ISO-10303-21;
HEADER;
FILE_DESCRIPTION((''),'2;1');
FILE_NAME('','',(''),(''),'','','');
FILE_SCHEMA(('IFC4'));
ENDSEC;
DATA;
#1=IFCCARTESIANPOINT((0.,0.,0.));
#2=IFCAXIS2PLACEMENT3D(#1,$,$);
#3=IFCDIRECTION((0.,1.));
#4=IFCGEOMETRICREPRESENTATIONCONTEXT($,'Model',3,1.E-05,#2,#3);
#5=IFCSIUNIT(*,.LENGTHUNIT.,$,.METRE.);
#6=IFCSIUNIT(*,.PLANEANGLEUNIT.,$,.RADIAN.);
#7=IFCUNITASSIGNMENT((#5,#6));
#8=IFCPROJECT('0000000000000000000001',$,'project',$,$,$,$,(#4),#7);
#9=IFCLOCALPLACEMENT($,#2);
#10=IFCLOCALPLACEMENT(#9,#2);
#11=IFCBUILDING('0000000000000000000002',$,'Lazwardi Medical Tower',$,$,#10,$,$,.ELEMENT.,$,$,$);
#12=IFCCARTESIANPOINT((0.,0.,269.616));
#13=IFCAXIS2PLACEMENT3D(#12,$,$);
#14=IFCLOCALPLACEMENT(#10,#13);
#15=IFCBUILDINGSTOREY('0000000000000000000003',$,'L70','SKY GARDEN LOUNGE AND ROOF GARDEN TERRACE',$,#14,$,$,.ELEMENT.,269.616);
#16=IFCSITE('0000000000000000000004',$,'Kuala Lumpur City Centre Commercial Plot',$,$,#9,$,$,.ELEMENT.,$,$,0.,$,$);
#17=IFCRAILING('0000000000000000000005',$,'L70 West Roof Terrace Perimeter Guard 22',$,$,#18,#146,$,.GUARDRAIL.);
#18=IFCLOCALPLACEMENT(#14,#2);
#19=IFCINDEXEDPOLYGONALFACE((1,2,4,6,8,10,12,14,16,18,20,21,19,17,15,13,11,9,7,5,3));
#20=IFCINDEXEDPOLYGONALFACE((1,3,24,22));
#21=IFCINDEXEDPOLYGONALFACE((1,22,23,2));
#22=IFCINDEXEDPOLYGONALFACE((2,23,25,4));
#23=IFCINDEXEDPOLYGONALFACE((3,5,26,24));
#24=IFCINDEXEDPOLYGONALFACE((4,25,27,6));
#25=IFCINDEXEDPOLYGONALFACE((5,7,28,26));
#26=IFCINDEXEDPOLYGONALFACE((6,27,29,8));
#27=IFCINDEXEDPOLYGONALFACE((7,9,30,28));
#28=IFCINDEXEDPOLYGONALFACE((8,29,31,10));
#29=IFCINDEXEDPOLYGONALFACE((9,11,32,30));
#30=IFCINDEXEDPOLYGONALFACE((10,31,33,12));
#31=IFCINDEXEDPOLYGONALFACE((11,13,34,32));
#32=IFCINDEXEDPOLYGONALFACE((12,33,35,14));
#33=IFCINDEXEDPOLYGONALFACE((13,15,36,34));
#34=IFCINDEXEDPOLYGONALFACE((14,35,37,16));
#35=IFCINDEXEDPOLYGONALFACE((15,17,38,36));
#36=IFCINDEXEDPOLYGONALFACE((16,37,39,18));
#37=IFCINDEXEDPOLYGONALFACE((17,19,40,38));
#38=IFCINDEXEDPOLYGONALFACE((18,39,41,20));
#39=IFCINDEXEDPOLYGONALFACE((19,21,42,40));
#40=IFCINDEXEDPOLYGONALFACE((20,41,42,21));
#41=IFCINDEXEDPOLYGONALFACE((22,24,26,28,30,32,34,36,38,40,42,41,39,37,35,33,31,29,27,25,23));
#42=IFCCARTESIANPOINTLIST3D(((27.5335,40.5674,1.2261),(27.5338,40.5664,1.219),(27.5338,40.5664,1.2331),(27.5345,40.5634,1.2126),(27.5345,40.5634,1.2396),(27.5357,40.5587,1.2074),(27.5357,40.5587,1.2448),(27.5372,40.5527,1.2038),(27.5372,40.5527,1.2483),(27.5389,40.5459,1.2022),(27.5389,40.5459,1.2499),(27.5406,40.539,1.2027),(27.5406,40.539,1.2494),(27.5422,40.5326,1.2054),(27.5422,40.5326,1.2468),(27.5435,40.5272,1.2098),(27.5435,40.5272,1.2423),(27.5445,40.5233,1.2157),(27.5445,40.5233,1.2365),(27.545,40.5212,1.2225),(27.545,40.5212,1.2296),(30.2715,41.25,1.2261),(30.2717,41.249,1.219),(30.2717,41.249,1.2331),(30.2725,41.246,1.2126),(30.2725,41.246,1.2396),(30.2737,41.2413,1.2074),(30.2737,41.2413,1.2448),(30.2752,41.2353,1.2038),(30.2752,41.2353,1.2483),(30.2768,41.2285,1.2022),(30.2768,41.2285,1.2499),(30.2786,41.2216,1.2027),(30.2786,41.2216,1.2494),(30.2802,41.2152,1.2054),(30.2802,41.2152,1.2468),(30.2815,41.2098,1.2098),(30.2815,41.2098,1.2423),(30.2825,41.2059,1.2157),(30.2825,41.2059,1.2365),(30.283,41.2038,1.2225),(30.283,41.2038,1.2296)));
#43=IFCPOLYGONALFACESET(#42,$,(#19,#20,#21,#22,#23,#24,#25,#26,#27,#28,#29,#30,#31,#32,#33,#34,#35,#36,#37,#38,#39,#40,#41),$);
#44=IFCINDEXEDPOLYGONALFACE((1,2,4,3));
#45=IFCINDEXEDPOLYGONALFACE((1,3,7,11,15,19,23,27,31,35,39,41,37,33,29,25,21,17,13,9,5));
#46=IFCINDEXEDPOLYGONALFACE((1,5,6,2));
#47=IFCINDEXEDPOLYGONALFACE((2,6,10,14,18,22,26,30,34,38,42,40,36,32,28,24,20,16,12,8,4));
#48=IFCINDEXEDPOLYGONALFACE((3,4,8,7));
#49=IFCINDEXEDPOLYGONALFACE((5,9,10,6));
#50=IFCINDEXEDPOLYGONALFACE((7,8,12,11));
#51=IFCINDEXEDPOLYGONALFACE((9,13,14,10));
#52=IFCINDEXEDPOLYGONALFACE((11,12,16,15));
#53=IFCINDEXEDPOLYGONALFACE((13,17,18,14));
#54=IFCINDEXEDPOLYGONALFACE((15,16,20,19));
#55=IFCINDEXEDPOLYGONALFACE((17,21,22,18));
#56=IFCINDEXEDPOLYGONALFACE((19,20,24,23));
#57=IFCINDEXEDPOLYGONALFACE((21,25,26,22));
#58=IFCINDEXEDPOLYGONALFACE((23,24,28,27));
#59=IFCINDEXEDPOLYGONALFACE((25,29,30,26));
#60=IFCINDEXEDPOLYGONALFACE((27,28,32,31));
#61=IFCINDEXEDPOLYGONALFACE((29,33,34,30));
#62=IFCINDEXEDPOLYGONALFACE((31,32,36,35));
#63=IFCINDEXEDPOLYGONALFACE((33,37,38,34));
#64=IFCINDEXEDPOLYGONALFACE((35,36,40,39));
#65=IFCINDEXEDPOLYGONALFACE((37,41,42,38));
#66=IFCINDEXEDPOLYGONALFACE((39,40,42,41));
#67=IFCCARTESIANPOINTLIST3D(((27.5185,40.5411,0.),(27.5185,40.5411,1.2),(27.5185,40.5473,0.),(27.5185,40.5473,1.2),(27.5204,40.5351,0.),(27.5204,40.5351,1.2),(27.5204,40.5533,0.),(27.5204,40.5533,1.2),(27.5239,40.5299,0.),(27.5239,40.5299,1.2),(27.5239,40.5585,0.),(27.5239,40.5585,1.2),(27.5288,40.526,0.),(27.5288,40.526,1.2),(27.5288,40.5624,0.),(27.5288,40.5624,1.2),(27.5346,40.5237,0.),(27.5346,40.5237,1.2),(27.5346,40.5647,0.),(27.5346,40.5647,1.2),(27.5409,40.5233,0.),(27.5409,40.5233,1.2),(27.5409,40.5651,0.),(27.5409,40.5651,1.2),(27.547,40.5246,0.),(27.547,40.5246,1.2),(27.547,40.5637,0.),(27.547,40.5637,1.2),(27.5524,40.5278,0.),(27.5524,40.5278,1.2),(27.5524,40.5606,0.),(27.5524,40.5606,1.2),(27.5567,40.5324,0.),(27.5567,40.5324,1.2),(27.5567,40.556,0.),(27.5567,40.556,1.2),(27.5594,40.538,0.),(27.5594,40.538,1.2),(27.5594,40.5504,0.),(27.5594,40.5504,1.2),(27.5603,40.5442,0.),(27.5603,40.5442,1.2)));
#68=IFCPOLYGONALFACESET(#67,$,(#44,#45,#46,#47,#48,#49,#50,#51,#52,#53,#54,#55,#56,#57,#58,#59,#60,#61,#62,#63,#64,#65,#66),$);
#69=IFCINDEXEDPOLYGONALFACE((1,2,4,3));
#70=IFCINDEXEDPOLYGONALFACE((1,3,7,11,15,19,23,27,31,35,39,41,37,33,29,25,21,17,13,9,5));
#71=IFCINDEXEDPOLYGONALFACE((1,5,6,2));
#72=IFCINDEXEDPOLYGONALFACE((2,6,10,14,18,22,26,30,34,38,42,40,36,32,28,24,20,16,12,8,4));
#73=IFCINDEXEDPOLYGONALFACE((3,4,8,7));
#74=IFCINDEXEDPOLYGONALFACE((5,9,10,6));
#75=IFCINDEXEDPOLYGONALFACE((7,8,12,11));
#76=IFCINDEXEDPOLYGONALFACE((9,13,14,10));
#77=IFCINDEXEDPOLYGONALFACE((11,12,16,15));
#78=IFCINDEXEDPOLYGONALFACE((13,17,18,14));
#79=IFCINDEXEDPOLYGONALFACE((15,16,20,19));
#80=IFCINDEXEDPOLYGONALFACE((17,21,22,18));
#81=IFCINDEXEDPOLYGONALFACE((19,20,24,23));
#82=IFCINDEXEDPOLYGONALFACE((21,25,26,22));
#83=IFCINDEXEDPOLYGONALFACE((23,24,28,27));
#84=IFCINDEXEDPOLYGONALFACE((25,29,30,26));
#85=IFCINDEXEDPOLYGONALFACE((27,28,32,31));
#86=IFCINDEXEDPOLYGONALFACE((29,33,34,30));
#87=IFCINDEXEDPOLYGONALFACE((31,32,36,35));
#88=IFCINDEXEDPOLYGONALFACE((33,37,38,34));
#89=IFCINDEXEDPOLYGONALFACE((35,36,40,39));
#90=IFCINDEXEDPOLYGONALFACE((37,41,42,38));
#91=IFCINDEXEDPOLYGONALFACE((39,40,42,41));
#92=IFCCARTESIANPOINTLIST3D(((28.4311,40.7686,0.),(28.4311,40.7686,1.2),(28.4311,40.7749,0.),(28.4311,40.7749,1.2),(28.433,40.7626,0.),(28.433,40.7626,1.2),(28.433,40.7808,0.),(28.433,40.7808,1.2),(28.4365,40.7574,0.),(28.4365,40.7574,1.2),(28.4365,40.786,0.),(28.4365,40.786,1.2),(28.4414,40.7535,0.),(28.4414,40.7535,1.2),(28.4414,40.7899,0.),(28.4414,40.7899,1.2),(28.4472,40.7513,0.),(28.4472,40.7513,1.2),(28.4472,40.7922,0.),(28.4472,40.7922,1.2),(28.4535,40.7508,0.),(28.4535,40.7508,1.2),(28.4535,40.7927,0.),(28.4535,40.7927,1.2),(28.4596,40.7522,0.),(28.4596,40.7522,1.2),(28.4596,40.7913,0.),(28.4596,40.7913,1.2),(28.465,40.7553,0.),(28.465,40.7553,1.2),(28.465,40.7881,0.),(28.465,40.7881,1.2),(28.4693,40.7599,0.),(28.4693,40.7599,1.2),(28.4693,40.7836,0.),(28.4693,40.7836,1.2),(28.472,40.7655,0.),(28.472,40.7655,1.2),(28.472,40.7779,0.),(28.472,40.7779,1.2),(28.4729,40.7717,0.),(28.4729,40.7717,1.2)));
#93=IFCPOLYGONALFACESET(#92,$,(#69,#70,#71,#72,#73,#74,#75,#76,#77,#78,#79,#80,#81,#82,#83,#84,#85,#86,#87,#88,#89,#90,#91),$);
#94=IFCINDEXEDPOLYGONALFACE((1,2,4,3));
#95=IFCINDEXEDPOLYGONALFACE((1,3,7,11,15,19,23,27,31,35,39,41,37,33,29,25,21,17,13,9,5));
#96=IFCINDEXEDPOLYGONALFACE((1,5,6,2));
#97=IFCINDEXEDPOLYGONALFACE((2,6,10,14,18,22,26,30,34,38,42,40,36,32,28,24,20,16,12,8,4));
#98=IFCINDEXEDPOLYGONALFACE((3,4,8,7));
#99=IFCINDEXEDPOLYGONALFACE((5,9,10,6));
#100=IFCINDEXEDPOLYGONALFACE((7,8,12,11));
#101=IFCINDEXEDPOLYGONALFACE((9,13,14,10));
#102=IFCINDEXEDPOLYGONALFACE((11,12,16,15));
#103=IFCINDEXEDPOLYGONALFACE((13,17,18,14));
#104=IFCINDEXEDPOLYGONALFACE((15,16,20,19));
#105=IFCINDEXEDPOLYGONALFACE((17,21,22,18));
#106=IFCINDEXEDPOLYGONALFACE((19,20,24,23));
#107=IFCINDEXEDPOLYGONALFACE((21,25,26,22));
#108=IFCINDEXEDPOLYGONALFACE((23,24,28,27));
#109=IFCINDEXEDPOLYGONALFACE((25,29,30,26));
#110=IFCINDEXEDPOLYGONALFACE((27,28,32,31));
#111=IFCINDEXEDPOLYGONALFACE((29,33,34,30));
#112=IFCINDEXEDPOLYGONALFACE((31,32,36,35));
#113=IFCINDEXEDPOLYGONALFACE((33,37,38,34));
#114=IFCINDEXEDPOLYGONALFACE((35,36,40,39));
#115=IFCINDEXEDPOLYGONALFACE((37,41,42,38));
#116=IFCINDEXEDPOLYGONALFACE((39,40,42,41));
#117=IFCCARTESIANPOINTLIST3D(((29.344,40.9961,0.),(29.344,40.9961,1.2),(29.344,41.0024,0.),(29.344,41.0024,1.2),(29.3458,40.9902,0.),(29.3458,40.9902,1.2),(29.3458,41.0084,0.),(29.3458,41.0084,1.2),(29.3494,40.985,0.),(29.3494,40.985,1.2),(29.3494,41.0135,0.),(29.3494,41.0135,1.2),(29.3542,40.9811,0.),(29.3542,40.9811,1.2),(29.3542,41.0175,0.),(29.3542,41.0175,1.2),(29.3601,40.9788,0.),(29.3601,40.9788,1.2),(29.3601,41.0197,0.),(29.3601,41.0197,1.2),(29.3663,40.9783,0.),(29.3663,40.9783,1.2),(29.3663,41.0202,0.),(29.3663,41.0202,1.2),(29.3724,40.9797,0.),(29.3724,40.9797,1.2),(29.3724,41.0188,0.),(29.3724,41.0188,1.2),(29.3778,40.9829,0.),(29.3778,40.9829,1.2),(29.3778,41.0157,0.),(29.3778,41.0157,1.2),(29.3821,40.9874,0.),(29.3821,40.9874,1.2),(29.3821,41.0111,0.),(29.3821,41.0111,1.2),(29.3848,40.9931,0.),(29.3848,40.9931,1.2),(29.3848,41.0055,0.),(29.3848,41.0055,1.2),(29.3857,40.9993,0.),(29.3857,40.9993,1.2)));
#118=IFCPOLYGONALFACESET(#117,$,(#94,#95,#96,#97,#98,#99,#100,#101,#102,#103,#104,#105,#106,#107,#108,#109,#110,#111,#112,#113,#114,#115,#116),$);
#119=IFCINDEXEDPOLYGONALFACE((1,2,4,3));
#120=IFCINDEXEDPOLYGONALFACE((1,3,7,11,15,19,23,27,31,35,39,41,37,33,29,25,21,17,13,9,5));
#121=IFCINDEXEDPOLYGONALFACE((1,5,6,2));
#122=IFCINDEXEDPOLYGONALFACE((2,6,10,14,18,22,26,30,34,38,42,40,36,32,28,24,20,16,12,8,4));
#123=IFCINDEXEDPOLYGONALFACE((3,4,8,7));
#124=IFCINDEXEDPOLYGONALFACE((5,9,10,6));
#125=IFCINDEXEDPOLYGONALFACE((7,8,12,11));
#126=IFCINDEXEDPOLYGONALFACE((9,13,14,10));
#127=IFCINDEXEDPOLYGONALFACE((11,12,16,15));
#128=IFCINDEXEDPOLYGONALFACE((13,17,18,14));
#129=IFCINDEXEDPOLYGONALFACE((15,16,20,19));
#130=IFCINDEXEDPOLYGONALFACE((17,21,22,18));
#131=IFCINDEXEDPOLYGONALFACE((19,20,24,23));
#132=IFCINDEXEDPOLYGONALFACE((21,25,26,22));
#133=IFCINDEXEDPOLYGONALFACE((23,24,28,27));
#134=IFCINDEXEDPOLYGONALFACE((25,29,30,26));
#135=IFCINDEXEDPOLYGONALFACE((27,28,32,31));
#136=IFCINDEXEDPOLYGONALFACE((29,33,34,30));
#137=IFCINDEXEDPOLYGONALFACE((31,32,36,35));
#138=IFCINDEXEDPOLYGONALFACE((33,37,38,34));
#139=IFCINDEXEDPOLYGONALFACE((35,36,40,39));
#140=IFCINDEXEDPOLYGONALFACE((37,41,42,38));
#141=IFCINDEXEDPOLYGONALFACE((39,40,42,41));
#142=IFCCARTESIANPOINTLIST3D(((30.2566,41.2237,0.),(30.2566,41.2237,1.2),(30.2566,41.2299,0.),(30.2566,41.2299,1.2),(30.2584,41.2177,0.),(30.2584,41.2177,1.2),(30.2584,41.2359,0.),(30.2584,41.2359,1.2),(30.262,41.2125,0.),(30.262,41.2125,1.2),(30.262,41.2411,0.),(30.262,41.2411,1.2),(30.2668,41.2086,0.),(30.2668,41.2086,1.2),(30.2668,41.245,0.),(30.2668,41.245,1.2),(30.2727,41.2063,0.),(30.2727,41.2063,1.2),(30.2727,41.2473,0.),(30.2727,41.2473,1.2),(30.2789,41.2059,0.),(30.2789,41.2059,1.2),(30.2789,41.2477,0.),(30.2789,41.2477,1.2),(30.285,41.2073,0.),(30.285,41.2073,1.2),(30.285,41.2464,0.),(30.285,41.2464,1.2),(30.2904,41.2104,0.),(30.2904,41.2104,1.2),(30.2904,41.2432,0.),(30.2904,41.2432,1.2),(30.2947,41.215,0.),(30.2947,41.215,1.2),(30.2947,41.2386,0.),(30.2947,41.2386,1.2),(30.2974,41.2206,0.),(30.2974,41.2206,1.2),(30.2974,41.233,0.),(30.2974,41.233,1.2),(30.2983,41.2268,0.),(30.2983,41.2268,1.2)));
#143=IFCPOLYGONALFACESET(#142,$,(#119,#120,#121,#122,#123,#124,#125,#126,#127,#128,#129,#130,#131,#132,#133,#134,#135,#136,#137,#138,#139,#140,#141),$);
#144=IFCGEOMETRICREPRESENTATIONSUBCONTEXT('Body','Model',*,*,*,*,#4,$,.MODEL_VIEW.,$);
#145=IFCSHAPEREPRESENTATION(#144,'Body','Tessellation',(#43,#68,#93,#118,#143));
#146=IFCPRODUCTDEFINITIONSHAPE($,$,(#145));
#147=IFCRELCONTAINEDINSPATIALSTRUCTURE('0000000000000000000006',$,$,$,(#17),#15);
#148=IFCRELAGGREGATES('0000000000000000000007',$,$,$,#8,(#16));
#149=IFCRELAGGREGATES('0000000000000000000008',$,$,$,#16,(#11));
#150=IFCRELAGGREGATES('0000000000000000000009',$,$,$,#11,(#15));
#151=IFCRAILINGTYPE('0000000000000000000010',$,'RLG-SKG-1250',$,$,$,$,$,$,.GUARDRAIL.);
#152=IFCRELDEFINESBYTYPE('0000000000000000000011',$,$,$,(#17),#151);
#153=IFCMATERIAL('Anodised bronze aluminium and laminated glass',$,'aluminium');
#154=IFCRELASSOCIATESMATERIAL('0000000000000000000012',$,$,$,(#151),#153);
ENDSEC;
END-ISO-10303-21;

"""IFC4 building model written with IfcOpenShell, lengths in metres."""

from ifc_helpers import new_model, si_unit, direction, frame, origin, origin_2d, place, context, subcontext, project, spatial, circle, extrude, material, type_object, element, save


model = new_model("IFC4")

# Units and contexts
model_context = context("Model", 3, precision=1e-05, world=origin(), true_north=direction((0.0, 1.0)))
body_context = subcontext(model_context, "Body", "Model", "MODEL_VIEW")
ifc_project = project(units=[si_unit("LENGTHUNIT", "METRE"), si_unit("PLANEANGLEUNIT", "RADIAN")], contexts=[model_context])

# Site, building, storey
site_placement = place(None, origin())
site = spatial("IfcSite", under=ifc_project, at=site_placement, Name="Kuala Lumpur City Centre Commercial Plot", CompositionType="ELEMENT", RefElevation=0.0)
building_placement = place(site_placement, origin())
building = spatial("IfcBuilding", under=site, at=building_placement, Name="Lazwardi Medical Tower", CompositionType="ELEMENT")
storey_placement = place(building_placement, frame((0.0, 0.0, 269.616)))
storey = spatial("IfcBuildingStorey", under=building, at=storey_placement, Name="L70", Description="SKY GARDEN LOUNGE AND ROOF GARDEN TERRACE", CompositionType="ELEMENT", Elevation=269.616)

# Railing
ifc_material_1 = material(Name="Anodised bronze aluminium and laminated glass", Category="aluminium")
railing_type = type_object("IfcRailingType", Name="RLG-SKG-1250", PredefinedType="GUARDRAIL", material=ifc_material_1)
railing_1_placement = place(storey_placement, frame((27.5393, 40.5442, 0.0)))
element("IfcRailing", 1, at=railing_1_placement, inside=storey, type_object=railing_type, Name="L70 West Roof Terrace Perimeter Guard 22", PredefinedType="GUARDRAIL", context=body_context, shape_type="SweptSolid", body=[
    extrude(circle(Radius=0.0239, at=origin_2d()), frame((0.0, 0.0, 1.2261), z_axis=(0.9703, 0.241905, 0.0), x_axis=(-0.241905, 0.9703, 0.0)), (0.0, 0.0, 1.0), 2.8218),
    extrude(circle(Radius=0.021, at=origin_2d()), origin(), (0.0, 0.0, 1.0), 1.2),
    extrude(circle(Radius=0.021, at=origin_2d()), frame((0.9126, 0.2275, 0.0)), (0.0, 0.0, 1.0), 1.2),
    extrude(circle(Radius=0.021, at=origin_2d()), frame((1.8254, 0.4551, 0.0)), (0.0, 0.0, 1.0), 1.2),
    extrude(circle(Radius=0.021, at=origin_2d()), frame((2.738, 0.6826, 0.0)), (0.0, 0.0, 1.0), 1.2),
])

save(model, "model.ifc")
